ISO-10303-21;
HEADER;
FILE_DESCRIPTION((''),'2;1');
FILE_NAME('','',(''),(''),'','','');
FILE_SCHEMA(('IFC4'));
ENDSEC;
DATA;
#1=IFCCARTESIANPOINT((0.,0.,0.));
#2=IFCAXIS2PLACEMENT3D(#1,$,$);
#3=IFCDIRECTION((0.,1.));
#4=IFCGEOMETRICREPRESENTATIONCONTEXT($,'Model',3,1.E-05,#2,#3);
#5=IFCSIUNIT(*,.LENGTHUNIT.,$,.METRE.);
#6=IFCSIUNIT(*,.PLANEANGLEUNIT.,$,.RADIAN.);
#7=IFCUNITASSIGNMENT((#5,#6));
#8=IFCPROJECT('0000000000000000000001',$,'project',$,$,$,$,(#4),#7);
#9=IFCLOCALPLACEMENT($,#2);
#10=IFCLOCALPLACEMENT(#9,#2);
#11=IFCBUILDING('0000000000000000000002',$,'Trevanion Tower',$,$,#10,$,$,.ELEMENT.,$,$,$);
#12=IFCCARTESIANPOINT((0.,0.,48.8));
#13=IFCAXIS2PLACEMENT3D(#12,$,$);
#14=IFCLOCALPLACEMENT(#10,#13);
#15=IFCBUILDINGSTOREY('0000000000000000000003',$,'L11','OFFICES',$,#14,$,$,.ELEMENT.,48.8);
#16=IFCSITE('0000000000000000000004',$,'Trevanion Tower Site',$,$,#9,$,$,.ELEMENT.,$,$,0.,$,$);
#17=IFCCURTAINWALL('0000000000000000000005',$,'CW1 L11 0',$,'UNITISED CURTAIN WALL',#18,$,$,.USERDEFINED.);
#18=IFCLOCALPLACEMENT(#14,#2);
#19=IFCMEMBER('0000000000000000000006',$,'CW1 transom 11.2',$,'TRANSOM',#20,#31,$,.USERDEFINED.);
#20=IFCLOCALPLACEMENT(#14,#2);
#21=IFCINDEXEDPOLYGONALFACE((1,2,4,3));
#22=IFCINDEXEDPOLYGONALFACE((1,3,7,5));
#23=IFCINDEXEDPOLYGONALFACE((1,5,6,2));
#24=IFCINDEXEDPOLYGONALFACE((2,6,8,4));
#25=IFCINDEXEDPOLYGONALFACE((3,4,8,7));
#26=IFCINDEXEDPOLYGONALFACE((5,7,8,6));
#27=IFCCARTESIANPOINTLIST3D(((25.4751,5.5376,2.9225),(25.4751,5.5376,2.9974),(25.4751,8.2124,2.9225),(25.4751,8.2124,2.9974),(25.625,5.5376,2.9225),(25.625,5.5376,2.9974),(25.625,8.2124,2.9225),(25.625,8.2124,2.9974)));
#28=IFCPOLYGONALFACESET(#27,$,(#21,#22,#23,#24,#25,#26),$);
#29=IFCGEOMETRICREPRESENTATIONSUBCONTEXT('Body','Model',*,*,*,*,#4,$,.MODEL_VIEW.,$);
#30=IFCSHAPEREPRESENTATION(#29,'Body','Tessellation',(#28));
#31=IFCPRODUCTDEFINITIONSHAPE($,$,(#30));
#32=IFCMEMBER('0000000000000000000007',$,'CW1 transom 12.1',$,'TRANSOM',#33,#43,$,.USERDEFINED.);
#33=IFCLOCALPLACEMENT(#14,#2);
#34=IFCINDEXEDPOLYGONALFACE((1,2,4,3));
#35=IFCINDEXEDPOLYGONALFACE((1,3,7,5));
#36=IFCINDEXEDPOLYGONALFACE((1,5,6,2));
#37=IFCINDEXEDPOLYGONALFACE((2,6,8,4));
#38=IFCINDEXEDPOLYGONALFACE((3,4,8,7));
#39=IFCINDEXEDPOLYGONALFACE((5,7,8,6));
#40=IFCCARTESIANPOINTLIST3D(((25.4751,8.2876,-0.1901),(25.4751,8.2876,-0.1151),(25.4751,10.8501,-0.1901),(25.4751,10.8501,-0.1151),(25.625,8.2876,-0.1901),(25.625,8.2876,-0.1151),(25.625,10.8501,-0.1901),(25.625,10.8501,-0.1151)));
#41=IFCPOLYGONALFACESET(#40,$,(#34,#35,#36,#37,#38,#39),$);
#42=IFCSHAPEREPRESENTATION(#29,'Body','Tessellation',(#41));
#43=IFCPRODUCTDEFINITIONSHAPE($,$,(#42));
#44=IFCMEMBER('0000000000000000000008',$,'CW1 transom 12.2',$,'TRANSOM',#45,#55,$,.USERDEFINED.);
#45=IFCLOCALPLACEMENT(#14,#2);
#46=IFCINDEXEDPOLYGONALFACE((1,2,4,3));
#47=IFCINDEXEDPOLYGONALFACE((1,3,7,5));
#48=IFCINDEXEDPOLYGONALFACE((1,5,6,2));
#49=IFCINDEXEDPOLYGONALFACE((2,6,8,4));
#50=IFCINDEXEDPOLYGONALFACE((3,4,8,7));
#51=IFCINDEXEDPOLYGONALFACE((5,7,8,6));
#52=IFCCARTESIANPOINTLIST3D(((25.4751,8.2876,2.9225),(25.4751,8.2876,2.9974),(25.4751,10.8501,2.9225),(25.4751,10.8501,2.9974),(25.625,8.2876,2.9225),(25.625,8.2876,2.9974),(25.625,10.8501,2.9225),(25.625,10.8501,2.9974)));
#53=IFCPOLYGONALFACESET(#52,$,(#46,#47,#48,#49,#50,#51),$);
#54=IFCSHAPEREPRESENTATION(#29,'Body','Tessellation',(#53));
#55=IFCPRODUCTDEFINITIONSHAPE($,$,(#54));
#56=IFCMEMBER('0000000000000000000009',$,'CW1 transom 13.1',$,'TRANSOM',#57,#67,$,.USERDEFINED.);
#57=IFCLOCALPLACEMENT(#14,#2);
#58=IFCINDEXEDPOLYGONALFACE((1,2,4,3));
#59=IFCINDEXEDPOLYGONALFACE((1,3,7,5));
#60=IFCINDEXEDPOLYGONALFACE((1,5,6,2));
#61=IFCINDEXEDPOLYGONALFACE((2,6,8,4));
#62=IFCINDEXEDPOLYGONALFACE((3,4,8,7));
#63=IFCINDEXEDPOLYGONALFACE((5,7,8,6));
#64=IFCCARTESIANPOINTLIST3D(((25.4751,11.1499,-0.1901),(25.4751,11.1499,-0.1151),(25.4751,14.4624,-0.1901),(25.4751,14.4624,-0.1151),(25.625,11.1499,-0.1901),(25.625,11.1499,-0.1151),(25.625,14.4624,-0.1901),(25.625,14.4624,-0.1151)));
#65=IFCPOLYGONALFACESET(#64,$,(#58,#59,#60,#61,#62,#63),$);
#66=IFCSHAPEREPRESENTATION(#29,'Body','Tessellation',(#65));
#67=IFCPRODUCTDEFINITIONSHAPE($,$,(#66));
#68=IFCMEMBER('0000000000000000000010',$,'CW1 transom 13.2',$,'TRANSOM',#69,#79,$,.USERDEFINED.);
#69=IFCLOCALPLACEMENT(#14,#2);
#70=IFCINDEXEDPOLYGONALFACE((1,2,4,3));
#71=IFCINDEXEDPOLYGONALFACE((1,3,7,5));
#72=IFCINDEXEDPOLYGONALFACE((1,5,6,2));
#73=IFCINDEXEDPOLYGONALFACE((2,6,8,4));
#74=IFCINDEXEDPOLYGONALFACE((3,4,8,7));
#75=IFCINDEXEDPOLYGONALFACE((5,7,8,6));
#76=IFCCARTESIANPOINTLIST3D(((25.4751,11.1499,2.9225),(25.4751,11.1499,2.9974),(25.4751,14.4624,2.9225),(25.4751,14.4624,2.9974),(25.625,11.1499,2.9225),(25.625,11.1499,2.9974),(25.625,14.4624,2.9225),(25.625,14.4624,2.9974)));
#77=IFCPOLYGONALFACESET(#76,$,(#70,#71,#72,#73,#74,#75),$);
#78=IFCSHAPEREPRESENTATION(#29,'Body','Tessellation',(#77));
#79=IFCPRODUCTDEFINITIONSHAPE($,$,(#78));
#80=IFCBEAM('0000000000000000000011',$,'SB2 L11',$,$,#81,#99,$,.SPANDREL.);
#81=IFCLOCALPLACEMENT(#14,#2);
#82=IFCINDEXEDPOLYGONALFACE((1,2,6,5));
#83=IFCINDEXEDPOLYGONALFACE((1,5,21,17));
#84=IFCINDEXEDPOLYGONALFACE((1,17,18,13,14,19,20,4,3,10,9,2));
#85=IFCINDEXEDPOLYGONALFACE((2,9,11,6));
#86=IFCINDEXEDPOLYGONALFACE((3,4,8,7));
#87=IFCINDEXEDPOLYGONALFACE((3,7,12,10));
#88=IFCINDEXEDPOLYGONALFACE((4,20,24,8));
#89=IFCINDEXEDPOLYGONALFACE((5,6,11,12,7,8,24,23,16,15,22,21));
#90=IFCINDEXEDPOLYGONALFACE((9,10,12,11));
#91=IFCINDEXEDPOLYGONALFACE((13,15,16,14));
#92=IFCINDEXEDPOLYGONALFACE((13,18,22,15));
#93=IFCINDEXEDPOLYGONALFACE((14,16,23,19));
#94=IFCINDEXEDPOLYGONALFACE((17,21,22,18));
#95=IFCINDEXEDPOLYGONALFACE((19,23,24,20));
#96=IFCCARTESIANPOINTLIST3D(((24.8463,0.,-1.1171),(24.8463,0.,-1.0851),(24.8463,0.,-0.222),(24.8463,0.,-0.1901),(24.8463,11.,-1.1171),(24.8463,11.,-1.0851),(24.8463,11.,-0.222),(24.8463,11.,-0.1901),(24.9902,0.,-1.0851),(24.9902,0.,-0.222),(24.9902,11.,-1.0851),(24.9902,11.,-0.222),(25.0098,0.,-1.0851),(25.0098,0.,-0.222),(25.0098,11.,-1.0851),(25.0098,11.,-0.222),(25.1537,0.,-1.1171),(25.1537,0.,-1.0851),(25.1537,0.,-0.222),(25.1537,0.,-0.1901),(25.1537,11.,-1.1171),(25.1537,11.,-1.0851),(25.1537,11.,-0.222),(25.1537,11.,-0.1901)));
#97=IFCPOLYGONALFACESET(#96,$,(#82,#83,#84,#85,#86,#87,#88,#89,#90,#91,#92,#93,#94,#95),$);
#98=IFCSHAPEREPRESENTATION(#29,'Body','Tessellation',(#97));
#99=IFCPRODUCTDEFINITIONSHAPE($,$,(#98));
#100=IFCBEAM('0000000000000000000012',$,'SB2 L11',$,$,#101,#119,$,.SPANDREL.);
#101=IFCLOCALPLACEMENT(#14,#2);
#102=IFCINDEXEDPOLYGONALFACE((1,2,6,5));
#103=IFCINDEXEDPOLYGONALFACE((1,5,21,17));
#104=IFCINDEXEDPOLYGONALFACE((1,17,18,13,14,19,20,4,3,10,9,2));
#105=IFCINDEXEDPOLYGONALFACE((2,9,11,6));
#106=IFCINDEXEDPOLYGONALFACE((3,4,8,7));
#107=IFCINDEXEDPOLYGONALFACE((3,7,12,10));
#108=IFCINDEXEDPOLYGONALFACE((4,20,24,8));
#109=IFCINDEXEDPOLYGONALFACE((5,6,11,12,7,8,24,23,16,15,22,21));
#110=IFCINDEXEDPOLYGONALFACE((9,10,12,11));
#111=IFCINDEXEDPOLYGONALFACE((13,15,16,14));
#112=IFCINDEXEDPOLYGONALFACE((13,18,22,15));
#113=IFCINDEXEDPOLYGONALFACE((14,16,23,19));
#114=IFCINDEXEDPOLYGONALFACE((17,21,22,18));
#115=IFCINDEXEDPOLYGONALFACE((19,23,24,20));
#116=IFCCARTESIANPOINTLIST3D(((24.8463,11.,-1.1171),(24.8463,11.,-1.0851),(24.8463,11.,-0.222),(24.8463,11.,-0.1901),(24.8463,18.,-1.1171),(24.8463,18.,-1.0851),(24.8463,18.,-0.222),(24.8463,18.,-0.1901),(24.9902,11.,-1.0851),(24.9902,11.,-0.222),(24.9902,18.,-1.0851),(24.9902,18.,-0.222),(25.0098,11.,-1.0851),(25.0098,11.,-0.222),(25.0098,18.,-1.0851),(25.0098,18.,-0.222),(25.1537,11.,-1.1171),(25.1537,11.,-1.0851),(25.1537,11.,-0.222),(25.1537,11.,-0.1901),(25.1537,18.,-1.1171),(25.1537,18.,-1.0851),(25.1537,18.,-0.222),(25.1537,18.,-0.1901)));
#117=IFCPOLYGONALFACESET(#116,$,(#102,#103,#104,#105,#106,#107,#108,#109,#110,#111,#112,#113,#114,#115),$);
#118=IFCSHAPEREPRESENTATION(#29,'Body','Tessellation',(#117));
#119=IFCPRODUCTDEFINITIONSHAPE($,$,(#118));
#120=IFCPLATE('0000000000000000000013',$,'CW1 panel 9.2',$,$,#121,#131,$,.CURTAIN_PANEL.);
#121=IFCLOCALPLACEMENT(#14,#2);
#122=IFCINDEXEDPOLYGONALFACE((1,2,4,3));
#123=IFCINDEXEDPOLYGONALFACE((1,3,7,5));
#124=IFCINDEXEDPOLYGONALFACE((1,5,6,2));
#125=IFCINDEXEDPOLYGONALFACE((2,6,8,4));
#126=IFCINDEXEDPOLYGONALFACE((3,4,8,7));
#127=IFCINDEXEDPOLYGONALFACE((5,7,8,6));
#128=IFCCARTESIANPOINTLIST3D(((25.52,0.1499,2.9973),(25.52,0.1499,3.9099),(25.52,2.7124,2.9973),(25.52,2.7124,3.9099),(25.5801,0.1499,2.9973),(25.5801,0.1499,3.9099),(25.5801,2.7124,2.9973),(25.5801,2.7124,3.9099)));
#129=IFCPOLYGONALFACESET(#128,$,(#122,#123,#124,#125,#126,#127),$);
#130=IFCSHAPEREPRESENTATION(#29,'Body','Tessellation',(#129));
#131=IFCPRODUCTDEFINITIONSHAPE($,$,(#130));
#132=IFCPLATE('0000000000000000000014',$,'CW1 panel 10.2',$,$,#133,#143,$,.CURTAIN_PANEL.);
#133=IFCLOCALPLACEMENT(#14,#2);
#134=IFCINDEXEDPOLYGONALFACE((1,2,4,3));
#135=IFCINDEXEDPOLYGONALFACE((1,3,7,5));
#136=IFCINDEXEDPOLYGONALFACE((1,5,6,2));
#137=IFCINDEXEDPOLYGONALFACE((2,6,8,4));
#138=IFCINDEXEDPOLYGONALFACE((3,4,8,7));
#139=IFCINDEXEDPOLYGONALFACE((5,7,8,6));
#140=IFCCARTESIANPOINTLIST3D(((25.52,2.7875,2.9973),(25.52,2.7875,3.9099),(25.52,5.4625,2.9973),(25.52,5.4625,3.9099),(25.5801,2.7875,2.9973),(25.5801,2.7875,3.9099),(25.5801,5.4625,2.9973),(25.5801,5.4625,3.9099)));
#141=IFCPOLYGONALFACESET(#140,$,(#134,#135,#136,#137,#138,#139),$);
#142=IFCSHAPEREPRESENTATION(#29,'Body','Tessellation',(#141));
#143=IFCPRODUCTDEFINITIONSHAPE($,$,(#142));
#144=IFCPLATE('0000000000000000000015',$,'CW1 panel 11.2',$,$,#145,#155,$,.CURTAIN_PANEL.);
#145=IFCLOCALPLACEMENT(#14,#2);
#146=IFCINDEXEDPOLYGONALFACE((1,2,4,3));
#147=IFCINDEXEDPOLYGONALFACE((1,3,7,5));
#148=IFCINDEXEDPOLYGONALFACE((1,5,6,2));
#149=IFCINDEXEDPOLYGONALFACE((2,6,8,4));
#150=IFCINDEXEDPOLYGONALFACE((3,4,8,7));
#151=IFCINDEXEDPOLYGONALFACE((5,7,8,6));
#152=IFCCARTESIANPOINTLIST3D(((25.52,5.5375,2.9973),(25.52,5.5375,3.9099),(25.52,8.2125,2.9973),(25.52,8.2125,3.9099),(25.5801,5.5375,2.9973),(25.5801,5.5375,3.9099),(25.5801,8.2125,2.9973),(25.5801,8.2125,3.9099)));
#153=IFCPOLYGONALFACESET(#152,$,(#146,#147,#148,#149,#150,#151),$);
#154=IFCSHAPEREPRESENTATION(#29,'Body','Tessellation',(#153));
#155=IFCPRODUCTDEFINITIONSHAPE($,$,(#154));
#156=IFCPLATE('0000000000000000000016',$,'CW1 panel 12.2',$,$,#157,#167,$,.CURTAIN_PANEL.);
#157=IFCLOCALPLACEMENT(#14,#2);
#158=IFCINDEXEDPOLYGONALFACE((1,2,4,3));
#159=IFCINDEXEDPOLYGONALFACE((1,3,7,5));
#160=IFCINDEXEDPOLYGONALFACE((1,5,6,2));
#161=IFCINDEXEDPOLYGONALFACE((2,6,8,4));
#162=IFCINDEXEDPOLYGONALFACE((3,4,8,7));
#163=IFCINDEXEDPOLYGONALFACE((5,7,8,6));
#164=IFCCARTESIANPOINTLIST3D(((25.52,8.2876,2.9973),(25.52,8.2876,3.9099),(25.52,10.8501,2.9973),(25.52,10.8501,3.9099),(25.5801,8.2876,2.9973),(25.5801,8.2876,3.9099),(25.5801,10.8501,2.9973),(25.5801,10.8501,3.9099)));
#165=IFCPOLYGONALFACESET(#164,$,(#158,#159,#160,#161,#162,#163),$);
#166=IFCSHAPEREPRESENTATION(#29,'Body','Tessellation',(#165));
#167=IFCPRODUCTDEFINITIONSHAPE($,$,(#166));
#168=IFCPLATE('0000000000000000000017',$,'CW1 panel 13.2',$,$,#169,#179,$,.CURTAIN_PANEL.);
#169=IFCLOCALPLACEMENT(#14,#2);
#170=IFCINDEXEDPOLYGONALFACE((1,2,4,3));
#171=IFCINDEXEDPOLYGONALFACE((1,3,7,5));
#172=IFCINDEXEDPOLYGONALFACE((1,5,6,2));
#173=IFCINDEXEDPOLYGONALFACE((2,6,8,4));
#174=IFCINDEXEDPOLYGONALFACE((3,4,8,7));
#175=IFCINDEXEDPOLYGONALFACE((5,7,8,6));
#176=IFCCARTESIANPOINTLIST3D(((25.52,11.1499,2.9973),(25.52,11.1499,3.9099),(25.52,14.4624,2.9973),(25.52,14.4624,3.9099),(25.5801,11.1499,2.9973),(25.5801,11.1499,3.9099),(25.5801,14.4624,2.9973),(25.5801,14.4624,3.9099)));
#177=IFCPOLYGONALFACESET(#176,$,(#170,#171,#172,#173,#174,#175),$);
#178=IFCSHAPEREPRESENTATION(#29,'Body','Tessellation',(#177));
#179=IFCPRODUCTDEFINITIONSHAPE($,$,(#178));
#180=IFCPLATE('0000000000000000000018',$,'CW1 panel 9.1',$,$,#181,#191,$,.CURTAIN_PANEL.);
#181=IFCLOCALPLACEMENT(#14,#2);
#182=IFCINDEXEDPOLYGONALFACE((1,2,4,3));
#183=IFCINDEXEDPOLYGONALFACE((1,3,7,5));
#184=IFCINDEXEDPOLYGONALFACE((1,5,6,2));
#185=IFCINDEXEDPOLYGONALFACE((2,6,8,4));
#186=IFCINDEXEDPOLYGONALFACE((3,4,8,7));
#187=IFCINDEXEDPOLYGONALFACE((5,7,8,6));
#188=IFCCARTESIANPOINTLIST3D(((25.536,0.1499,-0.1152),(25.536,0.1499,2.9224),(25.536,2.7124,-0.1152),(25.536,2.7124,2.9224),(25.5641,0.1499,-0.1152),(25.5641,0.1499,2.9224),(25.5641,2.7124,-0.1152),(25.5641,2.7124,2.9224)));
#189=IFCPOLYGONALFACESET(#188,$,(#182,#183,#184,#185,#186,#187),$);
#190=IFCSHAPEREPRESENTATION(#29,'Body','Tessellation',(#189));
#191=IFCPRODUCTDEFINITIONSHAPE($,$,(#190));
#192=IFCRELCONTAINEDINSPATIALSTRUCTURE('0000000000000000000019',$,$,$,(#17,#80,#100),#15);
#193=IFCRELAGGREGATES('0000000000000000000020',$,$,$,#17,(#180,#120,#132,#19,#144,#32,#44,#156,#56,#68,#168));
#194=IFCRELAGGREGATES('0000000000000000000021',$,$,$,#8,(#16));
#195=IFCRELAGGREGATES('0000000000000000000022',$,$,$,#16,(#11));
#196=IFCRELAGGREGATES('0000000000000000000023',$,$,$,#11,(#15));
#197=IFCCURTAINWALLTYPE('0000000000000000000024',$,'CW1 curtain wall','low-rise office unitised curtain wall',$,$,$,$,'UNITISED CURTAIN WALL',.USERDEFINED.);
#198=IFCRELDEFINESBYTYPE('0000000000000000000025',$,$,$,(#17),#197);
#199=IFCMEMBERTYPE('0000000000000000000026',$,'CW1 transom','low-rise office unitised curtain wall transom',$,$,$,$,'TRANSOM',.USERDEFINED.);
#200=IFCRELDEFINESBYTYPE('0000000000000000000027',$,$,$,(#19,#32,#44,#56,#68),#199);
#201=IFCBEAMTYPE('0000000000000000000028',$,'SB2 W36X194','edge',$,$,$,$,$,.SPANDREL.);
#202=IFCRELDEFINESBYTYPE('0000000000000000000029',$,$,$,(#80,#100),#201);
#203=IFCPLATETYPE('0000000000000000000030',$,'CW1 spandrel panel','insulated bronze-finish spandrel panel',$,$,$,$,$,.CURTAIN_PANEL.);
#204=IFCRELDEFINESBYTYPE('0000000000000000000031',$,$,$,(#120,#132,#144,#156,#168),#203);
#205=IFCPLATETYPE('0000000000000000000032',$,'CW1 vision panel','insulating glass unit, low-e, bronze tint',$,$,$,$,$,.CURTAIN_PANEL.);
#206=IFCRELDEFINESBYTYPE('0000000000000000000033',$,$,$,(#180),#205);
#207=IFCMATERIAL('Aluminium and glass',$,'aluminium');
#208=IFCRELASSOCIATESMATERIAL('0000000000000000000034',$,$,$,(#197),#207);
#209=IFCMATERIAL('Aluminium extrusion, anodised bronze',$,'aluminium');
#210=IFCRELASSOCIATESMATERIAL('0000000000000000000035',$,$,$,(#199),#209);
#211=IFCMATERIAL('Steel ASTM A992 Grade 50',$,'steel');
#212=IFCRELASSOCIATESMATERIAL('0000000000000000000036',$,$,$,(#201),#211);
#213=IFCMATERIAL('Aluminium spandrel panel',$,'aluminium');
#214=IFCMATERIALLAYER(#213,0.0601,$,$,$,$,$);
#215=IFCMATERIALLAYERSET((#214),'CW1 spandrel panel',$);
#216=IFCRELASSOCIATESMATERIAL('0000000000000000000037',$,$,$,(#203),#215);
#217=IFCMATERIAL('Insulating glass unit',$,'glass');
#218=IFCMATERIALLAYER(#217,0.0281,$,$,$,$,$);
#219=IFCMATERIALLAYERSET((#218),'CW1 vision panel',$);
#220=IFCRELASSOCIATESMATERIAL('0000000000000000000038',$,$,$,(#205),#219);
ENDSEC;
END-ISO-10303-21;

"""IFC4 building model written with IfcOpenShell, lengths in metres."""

from ifc_helpers import new_model, si_unit, direction, frame, origin, origin_2d, place, context, subcontext, project, spatial, rectangle, i_section, extrude, material, layer, layer_set, material_profile, profile_set, type_object, element, aggregate, save


model = new_model("IFC4")

# Units and contexts
model_context = context("Model", 3, precision=1e-05, world=origin(), true_north=direction((0.0, 1.0)))
body_context = subcontext(model_context, "Body", "Model", "MODEL_VIEW")
ifc_project = project(units=[si_unit("LENGTHUNIT", "METRE"), si_unit("PLANEANGLEUNIT", "RADIAN")], contexts=[model_context])

# Site, building, storey
site_placement = place(None, origin())
site = spatial("IfcSite", under=ifc_project, at=site_placement, Name="Trevanion Tower Site", CompositionType="ELEMENT", RefElevation=0.0)
building_placement = place(site_placement, origin())
building = spatial("IfcBuilding", under=site, at=building_placement, Name="Trevanion Tower", CompositionType="ELEMENT")
storey_placement = place(building_placement, frame((0.0, 0.0, 48.8)))
storey = spatial("IfcBuildingStorey", under=building, at=storey_placement, Name="L11", Description="OFFICES", CompositionType="ELEMENT", Elevation=48.8)

# Curtain wall, members
ifc_material_1 = material(Name="Aluminium and glass", Category="aluminium")
curtain_wall_type = type_object("IfcCurtainWallType", Name="CW1 curtain wall", Description="low-rise office unitised curtain wall", ElementType="UNITISED CURTAIN WALL", PredefinedType="USERDEFINED", material=ifc_material_1)
curtain_wall_placement = place(storey_placement, origin())
curtain_wall = element("IfcCurtainWall", 1, at=curtain_wall_placement, inside=storey, type_object=curtain_wall_type, Name="CW1 L11 0", ObjectType="UNITISED CURTAIN WALL", PredefinedType="USERDEFINED")
ifc_material_2 = material(Name="Aluminium extrusion, anodised bronze", Category="aluminium")
ifc_material_profile_1 = material_profile(ifc_material_2, rectangle(XDim=0.1499, YDim=0.075, at=origin_2d()), Name="CW1 transom")
ifc_profile_set_1 = profile_set([ifc_material_profile_1], Name="Aluminium extrusion, anodised bronze")
member_type_1 = type_object("IfcMemberType", Name="CW1 transom", Description="low-rise office unitised curtain wall transom", ElementType="TRANSOM", PredefinedType="USERDEFINED", material=ifc_profile_set_1)
member_1_placement = place(storey_placement, frame((25.55, 5.5376, 2.96), z_axis=(0.0, 1.0, 0.0), x_axis=(-1.0, 0.0, 0.0)))
member_1 = element("IfcMember", 2, at=member_1_placement, type_object=member_type_1, Name="CW1 transom 11.2", ObjectType="TRANSOM", PredefinedType="USERDEFINED", context=body_context, shape_type="SweptSolid", body=[
    extrude(rectangle(XDim=0.1499, YDim=0.075, at=origin_2d()), origin(), (0.0, 0.0, 1.0), 2.6748),
])
member_2_placement = place(storey_placement, frame((25.55, 8.2876, -0.1526), z_axis=(0.0, 1.0, 0.0), x_axis=(-1.0, 0.0, 0.0)))
member_2 = element("IfcMember", 3, at=member_2_placement, type_object=member_type_1, Name="CW1 transom 12.1", ObjectType="TRANSOM", PredefinedType="USERDEFINED", context=body_context, shape_type="SweptSolid", body=[
    extrude(rectangle(XDim=0.1499, YDim=0.075, at=origin_2d()), origin(), (0.0, 0.0, 1.0), 2.5625),
])
member_3_placement = place(storey_placement, frame((25.55, 8.2876, 2.96), z_axis=(0.0, 1.0, 0.0), x_axis=(-1.0, 0.0, 0.0)))
member_3 = element("IfcMember", 4, at=member_3_placement, type_object=member_type_1, Name="CW1 transom 12.2", ObjectType="TRANSOM", PredefinedType="USERDEFINED", context=body_context, shape_type="SweptSolid", body=[
    extrude(rectangle(XDim=0.1499, YDim=0.075, at=origin_2d()), origin(), (0.0, 0.0, 1.0), 2.5625),
])
member_4_placement = place(storey_placement, frame((25.55, 11.1499, -0.1526), z_axis=(0.0, 1.0, 0.0), x_axis=(-1.0, 0.0, 0.0)))
member_4 = element("IfcMember", 5, at=member_4_placement, type_object=member_type_1, Name="CW1 transom 13.1", ObjectType="TRANSOM", PredefinedType="USERDEFINED", context=body_context, shape_type="SweptSolid", body=[
    extrude(rectangle(XDim=0.1499, YDim=0.075, at=origin_2d()), origin(), (0.0, 0.0, 1.0), 3.3125),
])
member_5_placement = place(storey_placement, frame((25.55, 11.1499, 2.96), z_axis=(0.0, 1.0, 0.0), x_axis=(-1.0, 0.0, 0.0)))
member_5 = element("IfcMember", 6, at=member_5_placement, type_object=member_type_1, Name="CW1 transom 13.2", ObjectType="TRANSOM", PredefinedType="USERDEFINED", context=body_context, shape_type="SweptSolid", body=[
    extrude(rectangle(XDim=0.1499, YDim=0.075, at=origin_2d()), origin(), (0.0, 0.0, 1.0), 3.3125),
])

# Beams
ifc_material_3 = material(Name="Steel ASTM A992 Grade 50", Category="steel")
ifc_material_profile_2 = material_profile(ifc_material_3, i_section(OverallWidth=0.3074, OverallDepth=0.927, WebThickness=0.0195, FlangeThickness=0.032, at=origin_2d()), Name="W36X194")
ifc_profile_set_2 = profile_set([ifc_material_profile_2], Name="Steel ASTM A992 Grade 50")
beam_type_1 = type_object("IfcBeamType", Name="SB2 W36X194", Description="edge", PredefinedType="SPANDREL", material=ifc_profile_set_2)
beam_1_placement = place(storey_placement, frame((25.0, 0.0, -0.6536), z_axis=(0.0, 1.0, 0.0), x_axis=(-1.0, 0.0, 0.0)))
element("IfcBeam", 7, at=beam_1_placement, inside=storey, type_object=beam_type_1, Name="SB2 L11", PredefinedType="SPANDREL", context=body_context, shape_type="SweptSolid", body=[
    extrude(i_section(OverallWidth=0.3074, OverallDepth=0.927, WebThickness=0.0195, FlangeThickness=0.032, at=origin_2d()), origin(), (0.0, 0.0, 1.0), 11.0),
])
beam_2_placement = place(storey_placement, frame((25.0, 11.0, -0.6536), z_axis=(0.0, 1.0, 0.0), x_axis=(-1.0, 0.0, 0.0)))
element("IfcBeam", 8, at=beam_2_placement, inside=storey, type_object=beam_type_1, Name="SB2 L11", PredefinedType="SPANDREL", context=body_context, shape_type="SweptSolid", body=[
    extrude(i_section(OverallWidth=0.3074, OverallDepth=0.927, WebThickness=0.0195, FlangeThickness=0.032, at=origin_2d()), origin(), (0.0, 0.0, 1.0), 7.0),
])

# Plates
ifc_material_4 = material(Name="Aluminium spandrel panel", Category="aluminium")
ifc_layer_1 = layer(ifc_material_4, 0.0601)
ifc_layer_set_1 = layer_set([ifc_layer_1], Name="CW1 spandrel panel")
plate_type_1 = type_object("IfcPlateType", Name="CW1 spandrel panel", Description="insulated bronze-finish spandrel panel", PredefinedType="CURTAIN_PANEL", material=ifc_layer_set_1)
plate_1_placement = place(storey_placement, frame((25.55, 1.4312, 2.9973), z_axis=(0.0, 0.0, 1.0), x_axis=(0.0, 1.0, 0.0)))
plate_1 = element("IfcPlate", 9, at=plate_1_placement, type_object=plate_type_1, Name="CW1 panel 9.2", PredefinedType="CURTAIN_PANEL", context=body_context, shape_type="SweptSolid", body=[
    extrude(rectangle(XDim=2.5625, YDim=0.0601, at=origin_2d()), origin(), (0.0, 0.0, 1.0), 0.9126),
])
plate_2_placement = place(storey_placement, frame((25.55, 4.125, 2.9973), z_axis=(0.0, 0.0, 1.0), x_axis=(0.0, 1.0, 0.0)))
plate_2 = element("IfcPlate", 10, at=plate_2_placement, type_object=plate_type_1, Name="CW1 panel 10.2", PredefinedType="CURTAIN_PANEL", context=body_context, shape_type="SweptSolid", body=[
    extrude(rectangle(XDim=2.675, YDim=0.0601, at=origin_2d()), origin(), (0.0, 0.0, 1.0), 0.9126),
])
plate_3_placement = place(storey_placement, frame((25.55, 6.875, 2.9973), z_axis=(0.0, 0.0, 1.0), x_axis=(0.0, 1.0, 0.0)))
plate_3 = element("IfcPlate", 11, at=plate_3_placement, type_object=plate_type_1, Name="CW1 panel 11.2", PredefinedType="CURTAIN_PANEL", context=body_context, shape_type="SweptSolid", body=[
    extrude(rectangle(XDim=2.675, YDim=0.0601, at=origin_2d()), origin(), (0.0, 0.0, 1.0), 0.9126),
])
plate_4_placement = place(storey_placement, frame((25.55, 9.5688, 2.9973), z_axis=(0.0, 0.0, 1.0), x_axis=(0.0, 1.0, 0.0)))
plate_4 = element("IfcPlate", 12, at=plate_4_placement, type_object=plate_type_1, Name="CW1 panel 12.2", PredefinedType="CURTAIN_PANEL", context=body_context, shape_type="SweptSolid", body=[
    extrude(rectangle(XDim=2.5625, YDim=0.0601, at=origin_2d()), origin(), (0.0, 0.0, 1.0), 0.9126),
])
plate_5_placement = place(storey_placement, frame((25.55, 12.8062, 2.9973), z_axis=(0.0, 0.0, 1.0), x_axis=(0.0, 1.0, 0.0)))
plate_5 = element("IfcPlate", 13, at=plate_5_placement, type_object=plate_type_1, Name="CW1 panel 13.2", PredefinedType="CURTAIN_PANEL", context=body_context, shape_type="SweptSolid", body=[
    extrude(rectangle(XDim=3.3125, YDim=0.0601, at=origin_2d()), origin(), (0.0, 0.0, 1.0), 0.9126),
])
ifc_material_5 = material(Name="Insulating glass unit", Category="glass")
ifc_layer_2 = layer(ifc_material_5, 0.0281)
ifc_layer_set_2 = layer_set([ifc_layer_2], Name="CW1 vision panel")
plate_type_2 = type_object("IfcPlateType", Name="CW1 vision panel", Description="insulating glass unit, low-e, bronze tint", PredefinedType="CURTAIN_PANEL", material=ifc_layer_set_2)
plate_6_placement = place(storey_placement, frame((25.55, 1.4312, -0.1152), z_axis=(0.0, 0.0, 1.0), x_axis=(0.0, 1.0, 0.0)))
plate_6 = element("IfcPlate", 14, at=plate_6_placement, type_object=plate_type_2, Name="CW1 panel 9.1", PredefinedType="CURTAIN_PANEL", context=body_context, shape_type="SweptSolid", body=[
    extrude(rectangle(XDim=2.5625, YDim=0.0281, at=origin_2d()), origin(), (0.0, 0.0, 1.0), 3.0376),
])
aggregate(curtain_wall, [plate_6, plate_1, plate_2, member_1, plate_3, member_2, member_3, plate_4, member_4, member_5, plate_5])

save(model, "model.ifc")
